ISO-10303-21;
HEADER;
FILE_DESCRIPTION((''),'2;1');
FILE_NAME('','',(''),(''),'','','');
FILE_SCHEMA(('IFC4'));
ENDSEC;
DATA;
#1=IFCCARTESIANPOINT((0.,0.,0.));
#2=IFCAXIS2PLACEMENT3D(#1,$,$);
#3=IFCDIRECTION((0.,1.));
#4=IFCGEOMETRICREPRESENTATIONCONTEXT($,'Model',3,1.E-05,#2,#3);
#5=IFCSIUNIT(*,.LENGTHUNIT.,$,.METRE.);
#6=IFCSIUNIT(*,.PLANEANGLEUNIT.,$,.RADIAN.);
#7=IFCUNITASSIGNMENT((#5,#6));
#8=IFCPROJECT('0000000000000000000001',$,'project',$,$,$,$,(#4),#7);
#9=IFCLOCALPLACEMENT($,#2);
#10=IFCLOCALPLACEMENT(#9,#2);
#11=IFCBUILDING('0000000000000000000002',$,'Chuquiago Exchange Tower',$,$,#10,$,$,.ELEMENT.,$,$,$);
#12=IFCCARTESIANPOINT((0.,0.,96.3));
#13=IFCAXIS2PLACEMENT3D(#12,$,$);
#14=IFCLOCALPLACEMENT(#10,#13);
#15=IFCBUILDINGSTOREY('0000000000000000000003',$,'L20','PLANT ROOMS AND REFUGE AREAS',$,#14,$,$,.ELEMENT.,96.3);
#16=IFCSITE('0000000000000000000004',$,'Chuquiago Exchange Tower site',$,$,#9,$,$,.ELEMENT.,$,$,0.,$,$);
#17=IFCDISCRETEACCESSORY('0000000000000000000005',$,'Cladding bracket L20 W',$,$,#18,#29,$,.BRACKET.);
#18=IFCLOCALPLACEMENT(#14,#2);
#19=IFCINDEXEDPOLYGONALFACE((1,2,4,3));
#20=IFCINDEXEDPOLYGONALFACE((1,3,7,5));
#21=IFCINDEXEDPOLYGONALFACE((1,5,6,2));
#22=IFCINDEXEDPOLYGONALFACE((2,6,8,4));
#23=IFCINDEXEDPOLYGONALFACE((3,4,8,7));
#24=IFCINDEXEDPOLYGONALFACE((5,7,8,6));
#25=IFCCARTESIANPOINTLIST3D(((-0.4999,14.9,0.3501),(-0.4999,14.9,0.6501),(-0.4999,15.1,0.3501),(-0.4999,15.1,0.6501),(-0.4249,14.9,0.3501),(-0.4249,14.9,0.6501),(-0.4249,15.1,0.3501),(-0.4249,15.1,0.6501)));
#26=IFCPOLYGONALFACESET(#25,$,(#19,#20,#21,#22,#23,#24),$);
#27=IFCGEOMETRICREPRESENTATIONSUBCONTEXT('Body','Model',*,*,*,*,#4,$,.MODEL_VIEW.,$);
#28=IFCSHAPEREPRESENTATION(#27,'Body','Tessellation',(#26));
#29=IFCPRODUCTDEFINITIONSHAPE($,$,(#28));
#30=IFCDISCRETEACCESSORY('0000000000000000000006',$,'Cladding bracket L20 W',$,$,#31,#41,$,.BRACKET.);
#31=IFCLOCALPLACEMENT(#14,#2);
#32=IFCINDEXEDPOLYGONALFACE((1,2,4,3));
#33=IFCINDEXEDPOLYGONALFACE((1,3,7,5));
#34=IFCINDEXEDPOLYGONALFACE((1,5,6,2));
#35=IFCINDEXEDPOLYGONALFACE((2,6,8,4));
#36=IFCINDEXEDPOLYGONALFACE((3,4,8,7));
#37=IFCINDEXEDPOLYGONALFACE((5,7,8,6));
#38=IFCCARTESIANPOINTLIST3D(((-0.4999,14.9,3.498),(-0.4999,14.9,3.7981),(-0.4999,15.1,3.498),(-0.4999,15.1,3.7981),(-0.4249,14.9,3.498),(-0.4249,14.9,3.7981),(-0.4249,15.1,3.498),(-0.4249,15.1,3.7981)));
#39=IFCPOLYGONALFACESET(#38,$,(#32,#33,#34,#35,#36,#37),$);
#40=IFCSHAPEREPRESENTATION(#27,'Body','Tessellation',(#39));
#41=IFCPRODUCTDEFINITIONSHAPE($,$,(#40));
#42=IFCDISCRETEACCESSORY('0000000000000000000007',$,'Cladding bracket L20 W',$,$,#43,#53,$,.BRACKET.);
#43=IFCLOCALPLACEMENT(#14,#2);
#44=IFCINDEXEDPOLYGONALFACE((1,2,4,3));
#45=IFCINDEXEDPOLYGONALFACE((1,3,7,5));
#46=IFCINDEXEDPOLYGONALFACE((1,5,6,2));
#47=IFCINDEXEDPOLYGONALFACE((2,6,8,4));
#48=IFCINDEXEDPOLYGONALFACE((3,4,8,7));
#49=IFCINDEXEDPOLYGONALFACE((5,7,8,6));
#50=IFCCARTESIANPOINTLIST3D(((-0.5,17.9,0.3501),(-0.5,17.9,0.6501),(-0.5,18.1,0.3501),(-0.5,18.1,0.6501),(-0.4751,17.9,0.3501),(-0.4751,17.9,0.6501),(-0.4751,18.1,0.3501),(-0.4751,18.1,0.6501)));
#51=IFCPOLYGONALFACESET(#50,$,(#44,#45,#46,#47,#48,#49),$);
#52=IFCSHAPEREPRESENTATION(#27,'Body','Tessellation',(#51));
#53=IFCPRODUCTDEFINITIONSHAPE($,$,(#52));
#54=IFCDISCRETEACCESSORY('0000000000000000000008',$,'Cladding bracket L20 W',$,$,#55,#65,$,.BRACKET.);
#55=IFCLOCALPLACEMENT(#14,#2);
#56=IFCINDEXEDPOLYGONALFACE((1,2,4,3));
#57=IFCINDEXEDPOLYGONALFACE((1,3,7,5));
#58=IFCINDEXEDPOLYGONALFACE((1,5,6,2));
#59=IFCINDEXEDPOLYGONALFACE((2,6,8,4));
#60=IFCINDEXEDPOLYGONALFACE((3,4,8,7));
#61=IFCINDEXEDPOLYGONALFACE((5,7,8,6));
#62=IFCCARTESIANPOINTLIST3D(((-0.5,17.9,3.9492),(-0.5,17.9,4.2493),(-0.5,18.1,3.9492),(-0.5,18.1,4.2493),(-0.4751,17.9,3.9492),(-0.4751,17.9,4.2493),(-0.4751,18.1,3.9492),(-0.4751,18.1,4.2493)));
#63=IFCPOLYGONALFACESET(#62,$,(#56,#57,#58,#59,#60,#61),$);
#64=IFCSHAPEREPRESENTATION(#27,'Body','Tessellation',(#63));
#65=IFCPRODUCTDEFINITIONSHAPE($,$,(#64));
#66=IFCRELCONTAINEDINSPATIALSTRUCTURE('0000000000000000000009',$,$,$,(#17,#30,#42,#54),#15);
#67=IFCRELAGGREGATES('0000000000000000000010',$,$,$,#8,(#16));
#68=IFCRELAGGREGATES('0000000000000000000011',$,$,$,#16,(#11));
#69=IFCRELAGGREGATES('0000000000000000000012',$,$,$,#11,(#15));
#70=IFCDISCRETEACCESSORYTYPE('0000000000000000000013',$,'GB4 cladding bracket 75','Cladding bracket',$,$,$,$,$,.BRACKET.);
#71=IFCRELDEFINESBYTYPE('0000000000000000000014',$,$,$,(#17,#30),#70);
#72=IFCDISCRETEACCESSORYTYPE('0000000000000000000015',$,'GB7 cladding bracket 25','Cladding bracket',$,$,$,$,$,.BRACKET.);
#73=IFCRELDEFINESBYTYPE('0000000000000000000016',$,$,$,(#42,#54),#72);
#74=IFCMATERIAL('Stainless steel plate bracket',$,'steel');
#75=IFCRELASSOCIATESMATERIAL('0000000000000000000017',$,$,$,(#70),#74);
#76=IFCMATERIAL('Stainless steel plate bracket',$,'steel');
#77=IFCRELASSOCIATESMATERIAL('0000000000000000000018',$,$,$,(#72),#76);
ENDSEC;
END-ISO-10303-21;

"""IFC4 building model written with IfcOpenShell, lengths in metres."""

from ifc_helpers import new_model, si_unit, direction, frame, origin, origin_2d, place, context, subcontext, project, spatial, rectangle, extrude, material, type_object, element, save


model = new_model("IFC4")

# Units and contexts
model_context = context("Model", 3, precision=1e-05, world=origin(), true_north=direction((0.0, 1.0)))
body_context = subcontext(model_context, "Body", "Model", "MODEL_VIEW")
ifc_project = project(units=[si_unit("LENGTHUNIT", "METRE"), si_unit("PLANEANGLEUNIT", "RADIAN")], contexts=[model_context])

# Site, building, storey
site_placement = place(None, origin())
site = spatial("IfcSite", under=ifc_project, at=site_placement, Name="Chuquiago Exchange Tower site", CompositionType="ELEMENT", RefElevation=0.0)
building_placement = place(site_placement, origin())
building = spatial("IfcBuilding", under=site, at=building_placement, Name="Chuquiago Exchange Tower", CompositionType="ELEMENT")
storey_placement = place(building_placement, frame((0.0, 0.0, 96.3)))
storey = spatial("IfcBuildingStorey", under=building, at=storey_placement, Name="L20", Description="PLANT ROOMS AND REFUGE AREAS", CompositionType="ELEMENT", Elevation=96.3)

# Discrete accessories
ifc_material_1 = material(Name="Stainless steel plate bracket", Category="steel")
discrete_accessory_type_1 = type_object("IfcDiscreteAccessoryType", Name="GB4 cladding bracket 75", Description="Cladding bracket", PredefinedType="BRACKET", material=ifc_material_1)
for number, where, z_axis, x_axis, name in (
    (1, (-0.4624, 15.0, 0.3501), (0.0, 0.0, 1.0), (0.0, -1.0, 0.0), "Cladding bracket L20 W"),
    (2, (-0.4624, 15.0, 3.498), (0.0, 0.0, 1.0), (0.0, -1.0, 0.0), "Cladding bracket L20 W"),
):
    element("IfcDiscreteAccessory", number, at=place(storey_placement, frame(where, z_axis=z_axis, x_axis=x_axis)), inside=storey, type_object=discrete_accessory_type_1, Name=name, PredefinedType="BRACKET", context=body_context, shape_type="SweptSolid", body=[
        extrude(rectangle(XDim=0.2, YDim=0.075, at=origin_2d()), origin(), (0.0, 0.0, 1.0), 0.3),
    ])
ifc_material_2 = material(Name="Stainless steel plate bracket", Category="steel")
discrete_accessory_type_2 = type_object("IfcDiscreteAccessoryType", Name="GB7 cladding bracket 25", Description="Cladding bracket", PredefinedType="BRACKET", material=ifc_material_2)
for number, where, z_axis, x_axis, name in (
    (3, (-0.4875, 18.0, 0.3501), (0.0, 0.0, 1.0), (0.0, -1.0, 0.0), "Cladding bracket L20 W"),
    (4, (-0.4875, 18.0, 3.9492), (0.0, 0.0, 1.0), (0.0, -1.0, 0.0), "Cladding bracket L20 W"),
):
    element("IfcDiscreteAccessory", number, at=place(storey_placement, frame(where, z_axis=z_axis, x_axis=x_axis)), inside=storey, type_object=discrete_accessory_type_2, Name=name, PredefinedType="BRACKET", context=body_context, shape_type="SweptSolid", body=[
        extrude(rectangle(XDim=0.2, YDim=0.0249, at=origin_2d()), origin(), (0.0, 0.0, 1.0), 0.3),
    ])

save(model, "model.ifc")
